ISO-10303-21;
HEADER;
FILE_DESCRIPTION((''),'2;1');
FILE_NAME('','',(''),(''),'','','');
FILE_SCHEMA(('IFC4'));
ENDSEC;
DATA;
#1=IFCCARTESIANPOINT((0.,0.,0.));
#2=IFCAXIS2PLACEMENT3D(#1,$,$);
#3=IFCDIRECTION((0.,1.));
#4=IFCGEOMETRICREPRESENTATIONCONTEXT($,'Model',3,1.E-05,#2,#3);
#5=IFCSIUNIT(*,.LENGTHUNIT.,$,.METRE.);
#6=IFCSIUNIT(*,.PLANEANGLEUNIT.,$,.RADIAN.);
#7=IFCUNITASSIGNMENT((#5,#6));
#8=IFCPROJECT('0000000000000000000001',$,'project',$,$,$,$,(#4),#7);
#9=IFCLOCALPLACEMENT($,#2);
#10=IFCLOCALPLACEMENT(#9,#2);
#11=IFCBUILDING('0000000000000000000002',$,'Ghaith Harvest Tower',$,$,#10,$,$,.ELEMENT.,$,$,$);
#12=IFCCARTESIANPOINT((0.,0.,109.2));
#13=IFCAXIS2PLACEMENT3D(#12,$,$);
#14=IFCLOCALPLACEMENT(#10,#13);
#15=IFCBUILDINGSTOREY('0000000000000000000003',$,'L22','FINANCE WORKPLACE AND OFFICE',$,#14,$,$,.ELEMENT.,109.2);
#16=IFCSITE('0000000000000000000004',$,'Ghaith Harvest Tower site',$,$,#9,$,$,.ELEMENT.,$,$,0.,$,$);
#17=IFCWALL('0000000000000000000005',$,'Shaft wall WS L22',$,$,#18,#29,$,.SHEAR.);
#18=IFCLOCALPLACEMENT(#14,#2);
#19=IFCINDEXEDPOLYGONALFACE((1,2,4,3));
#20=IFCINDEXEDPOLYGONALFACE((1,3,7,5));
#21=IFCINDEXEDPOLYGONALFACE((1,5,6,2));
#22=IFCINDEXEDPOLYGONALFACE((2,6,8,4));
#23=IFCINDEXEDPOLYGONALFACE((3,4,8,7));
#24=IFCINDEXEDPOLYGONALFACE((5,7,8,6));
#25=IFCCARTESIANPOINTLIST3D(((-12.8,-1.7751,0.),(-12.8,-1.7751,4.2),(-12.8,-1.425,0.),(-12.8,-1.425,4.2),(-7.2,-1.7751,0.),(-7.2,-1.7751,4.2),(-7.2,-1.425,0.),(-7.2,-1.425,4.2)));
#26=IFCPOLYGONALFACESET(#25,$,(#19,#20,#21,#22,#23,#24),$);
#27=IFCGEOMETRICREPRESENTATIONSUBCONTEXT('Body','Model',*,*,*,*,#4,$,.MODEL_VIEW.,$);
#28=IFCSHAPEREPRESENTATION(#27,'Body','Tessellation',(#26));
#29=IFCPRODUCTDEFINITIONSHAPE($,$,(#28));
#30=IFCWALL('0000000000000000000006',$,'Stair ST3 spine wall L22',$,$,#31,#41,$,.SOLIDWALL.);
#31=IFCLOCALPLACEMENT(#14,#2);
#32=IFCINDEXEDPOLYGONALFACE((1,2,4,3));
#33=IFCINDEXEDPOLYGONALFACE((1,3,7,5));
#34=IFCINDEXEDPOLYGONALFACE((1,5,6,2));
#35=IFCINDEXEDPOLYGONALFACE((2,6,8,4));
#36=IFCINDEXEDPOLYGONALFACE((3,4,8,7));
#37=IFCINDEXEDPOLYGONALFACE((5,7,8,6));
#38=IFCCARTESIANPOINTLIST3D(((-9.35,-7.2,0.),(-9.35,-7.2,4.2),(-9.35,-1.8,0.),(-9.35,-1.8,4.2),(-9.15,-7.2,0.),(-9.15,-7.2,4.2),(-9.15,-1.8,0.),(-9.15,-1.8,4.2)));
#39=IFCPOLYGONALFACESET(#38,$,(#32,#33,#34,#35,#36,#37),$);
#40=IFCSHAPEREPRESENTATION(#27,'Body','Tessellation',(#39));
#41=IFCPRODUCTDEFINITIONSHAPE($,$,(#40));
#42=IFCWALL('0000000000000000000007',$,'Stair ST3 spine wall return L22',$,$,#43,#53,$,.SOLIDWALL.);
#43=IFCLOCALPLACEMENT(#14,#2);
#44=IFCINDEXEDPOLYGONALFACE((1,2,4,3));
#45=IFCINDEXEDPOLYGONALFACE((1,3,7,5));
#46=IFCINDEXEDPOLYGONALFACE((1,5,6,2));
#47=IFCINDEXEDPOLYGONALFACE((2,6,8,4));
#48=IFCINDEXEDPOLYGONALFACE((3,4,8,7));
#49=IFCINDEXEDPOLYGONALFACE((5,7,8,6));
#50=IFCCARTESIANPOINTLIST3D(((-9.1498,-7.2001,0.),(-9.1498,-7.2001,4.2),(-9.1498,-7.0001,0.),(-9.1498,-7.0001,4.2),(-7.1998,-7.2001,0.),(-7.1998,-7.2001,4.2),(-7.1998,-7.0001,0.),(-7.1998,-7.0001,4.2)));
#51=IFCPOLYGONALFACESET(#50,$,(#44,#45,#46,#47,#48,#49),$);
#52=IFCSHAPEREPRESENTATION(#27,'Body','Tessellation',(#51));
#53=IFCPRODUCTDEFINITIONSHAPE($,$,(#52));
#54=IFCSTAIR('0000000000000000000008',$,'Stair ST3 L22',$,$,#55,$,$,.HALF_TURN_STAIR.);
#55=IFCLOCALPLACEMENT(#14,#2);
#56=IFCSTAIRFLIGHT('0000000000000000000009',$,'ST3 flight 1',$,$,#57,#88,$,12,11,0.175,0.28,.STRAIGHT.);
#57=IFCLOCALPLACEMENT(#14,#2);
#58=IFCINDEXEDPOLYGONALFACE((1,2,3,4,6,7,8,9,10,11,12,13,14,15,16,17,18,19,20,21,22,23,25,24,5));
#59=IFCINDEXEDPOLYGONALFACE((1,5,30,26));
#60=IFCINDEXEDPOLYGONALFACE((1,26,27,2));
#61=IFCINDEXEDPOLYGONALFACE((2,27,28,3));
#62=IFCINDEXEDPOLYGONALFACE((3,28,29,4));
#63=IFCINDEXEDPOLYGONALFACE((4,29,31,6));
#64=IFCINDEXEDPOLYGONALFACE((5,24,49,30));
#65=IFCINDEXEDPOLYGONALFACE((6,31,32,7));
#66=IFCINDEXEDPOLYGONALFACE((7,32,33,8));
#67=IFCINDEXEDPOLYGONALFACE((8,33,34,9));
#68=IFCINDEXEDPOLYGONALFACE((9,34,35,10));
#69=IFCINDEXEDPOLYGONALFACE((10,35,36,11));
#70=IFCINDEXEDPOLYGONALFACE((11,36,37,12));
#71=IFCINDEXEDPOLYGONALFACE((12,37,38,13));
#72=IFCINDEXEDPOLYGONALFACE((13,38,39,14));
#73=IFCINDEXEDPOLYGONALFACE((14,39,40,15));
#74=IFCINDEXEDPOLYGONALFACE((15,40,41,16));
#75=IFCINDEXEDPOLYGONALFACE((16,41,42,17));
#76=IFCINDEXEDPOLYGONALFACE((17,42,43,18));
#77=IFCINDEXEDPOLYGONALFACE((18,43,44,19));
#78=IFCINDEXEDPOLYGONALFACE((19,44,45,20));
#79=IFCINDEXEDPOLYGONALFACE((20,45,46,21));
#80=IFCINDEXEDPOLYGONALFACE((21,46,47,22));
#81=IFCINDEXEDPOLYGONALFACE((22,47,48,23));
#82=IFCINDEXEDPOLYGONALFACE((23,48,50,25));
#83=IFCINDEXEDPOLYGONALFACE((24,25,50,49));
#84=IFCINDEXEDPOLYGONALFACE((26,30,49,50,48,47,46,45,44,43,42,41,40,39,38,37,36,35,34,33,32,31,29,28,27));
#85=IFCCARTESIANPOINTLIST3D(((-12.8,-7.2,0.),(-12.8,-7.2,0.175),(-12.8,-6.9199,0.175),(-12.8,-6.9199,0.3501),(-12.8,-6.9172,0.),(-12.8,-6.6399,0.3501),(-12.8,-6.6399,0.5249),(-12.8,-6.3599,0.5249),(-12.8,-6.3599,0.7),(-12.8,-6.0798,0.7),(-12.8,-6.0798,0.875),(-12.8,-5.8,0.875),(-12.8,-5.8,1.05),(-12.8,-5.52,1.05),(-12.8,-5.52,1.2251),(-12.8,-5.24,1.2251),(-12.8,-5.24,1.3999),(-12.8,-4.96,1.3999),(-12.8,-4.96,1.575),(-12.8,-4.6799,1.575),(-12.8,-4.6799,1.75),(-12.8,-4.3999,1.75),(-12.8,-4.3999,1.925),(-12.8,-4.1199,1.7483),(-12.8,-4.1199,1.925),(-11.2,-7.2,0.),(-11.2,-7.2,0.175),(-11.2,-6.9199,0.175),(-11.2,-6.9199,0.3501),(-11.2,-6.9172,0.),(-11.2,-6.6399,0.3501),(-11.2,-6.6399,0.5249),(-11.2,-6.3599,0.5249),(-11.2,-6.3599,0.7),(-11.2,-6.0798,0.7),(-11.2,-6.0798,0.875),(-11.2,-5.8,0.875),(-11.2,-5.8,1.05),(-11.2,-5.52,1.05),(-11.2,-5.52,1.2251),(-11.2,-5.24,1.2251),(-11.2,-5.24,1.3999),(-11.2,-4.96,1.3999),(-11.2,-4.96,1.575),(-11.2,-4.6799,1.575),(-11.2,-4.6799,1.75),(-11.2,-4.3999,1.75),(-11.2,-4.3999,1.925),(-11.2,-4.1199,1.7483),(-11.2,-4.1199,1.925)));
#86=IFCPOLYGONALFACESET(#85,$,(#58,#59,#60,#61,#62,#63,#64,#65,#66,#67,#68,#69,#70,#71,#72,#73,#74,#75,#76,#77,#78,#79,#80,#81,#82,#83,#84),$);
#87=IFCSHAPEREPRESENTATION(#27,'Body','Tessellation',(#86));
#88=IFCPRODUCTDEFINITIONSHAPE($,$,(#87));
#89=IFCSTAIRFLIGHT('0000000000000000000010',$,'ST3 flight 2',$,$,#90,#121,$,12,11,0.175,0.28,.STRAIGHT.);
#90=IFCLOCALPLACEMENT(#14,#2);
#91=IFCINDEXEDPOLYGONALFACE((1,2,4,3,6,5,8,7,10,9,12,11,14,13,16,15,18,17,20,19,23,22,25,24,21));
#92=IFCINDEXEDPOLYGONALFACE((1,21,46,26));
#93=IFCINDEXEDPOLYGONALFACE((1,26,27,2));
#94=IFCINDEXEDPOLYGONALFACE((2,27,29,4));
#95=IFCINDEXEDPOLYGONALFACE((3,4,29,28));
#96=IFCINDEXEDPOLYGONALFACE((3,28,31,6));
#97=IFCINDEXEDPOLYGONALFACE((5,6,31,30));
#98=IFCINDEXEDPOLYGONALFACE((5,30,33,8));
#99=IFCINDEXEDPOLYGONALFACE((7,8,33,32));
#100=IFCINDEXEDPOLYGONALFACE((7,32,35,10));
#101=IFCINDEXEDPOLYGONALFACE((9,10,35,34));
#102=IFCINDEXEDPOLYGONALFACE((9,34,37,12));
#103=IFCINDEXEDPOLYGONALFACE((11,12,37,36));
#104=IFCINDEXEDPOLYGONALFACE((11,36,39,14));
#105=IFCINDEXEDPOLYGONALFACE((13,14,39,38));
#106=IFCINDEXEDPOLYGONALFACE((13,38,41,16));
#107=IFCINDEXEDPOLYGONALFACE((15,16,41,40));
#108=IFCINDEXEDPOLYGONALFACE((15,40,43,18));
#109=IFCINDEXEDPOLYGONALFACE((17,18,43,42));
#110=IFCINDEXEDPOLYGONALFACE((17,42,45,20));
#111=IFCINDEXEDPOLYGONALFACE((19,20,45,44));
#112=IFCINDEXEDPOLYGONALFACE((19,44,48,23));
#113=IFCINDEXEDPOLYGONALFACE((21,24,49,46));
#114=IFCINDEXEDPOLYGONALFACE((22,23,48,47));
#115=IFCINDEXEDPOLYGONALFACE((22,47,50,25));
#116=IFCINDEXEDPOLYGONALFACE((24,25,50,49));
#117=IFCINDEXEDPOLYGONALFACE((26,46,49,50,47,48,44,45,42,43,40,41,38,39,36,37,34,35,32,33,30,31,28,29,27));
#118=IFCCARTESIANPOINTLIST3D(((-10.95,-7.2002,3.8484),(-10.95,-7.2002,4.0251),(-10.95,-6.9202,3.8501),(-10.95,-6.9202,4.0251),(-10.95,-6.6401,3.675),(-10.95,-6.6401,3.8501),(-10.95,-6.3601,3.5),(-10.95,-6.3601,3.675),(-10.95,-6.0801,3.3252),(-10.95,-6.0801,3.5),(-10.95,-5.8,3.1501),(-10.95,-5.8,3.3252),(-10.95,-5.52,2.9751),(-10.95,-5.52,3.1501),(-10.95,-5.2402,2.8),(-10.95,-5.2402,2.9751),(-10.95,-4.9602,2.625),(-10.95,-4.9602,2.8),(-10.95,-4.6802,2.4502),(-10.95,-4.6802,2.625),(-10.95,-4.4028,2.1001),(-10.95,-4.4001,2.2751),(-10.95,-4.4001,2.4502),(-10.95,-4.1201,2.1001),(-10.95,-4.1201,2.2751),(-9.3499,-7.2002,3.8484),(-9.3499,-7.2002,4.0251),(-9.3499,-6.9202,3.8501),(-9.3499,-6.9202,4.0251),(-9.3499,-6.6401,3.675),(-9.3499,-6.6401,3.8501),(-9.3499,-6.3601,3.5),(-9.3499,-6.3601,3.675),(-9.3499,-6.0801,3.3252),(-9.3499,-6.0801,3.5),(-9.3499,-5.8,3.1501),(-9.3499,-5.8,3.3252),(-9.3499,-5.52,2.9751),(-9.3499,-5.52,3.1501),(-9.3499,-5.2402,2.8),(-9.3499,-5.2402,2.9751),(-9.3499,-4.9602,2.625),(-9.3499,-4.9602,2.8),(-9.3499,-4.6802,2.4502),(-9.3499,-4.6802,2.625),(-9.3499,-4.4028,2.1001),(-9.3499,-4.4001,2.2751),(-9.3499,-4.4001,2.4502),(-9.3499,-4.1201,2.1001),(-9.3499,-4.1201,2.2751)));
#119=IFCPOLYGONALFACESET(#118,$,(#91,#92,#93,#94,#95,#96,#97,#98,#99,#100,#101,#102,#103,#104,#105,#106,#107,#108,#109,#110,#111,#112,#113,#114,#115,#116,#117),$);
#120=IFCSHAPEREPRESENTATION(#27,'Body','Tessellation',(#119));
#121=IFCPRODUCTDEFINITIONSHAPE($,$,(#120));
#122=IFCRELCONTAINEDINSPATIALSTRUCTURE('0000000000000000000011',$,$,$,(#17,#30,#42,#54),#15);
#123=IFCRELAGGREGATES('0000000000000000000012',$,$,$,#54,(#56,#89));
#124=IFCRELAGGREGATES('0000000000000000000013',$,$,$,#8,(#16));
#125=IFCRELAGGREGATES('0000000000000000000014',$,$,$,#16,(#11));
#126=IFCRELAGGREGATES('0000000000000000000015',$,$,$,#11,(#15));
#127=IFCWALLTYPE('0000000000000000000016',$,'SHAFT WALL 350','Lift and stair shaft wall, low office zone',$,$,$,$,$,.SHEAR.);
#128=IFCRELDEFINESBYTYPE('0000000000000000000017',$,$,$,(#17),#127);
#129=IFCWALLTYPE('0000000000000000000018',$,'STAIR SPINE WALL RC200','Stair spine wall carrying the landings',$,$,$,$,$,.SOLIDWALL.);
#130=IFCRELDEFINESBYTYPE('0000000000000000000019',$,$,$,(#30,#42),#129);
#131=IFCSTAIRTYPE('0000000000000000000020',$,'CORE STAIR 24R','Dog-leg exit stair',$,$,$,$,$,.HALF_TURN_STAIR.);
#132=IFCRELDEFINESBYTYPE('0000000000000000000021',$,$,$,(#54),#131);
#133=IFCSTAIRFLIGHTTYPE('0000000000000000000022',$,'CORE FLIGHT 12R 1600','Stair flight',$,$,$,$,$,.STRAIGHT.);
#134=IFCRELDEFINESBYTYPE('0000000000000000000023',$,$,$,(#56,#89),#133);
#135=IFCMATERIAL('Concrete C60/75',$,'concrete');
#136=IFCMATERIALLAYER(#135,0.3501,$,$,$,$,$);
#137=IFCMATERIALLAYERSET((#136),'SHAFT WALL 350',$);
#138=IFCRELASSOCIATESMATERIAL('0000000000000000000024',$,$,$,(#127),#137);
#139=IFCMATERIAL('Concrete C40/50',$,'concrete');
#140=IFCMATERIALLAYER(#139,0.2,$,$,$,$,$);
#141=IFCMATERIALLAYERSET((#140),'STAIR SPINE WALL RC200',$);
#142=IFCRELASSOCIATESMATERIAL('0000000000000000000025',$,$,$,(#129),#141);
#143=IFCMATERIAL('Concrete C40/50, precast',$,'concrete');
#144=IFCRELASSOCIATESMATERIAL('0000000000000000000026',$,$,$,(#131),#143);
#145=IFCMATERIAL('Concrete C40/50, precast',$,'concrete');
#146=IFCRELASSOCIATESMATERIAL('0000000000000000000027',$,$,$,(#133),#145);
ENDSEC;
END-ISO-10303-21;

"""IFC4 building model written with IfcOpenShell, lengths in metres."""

from ifc_helpers import new_model, si_unit, direction, frame, frame_2d, origin, place, context, subcontext, project, spatial, polyline, rectangle, outline, extrude, material, layer, layer_set, type_object, element, aggregate, save


model = new_model("IFC4")

# Units and contexts
model_context = context("Model", 3, precision=1e-05, world=origin(), true_north=direction((0.0, 1.0)))
body_context = subcontext(model_context, "Body", "Model", "MODEL_VIEW")
ifc_project = project(units=[si_unit("LENGTHUNIT", "METRE"), si_unit("PLANEANGLEUNIT", "RADIAN")], contexts=[model_context])

# Site, building, storey
site_placement = place(None, origin())
site = spatial("IfcSite", under=ifc_project, at=site_placement, Name="Ghaith Harvest Tower site", CompositionType="ELEMENT", RefElevation=0.0)
building_placement = place(site_placement, origin())
building = spatial("IfcBuilding", under=site, at=building_placement, Name="Ghaith Harvest Tower", CompositionType="ELEMENT")
storey_placement = place(building_placement, frame((0.0, 0.0, 109.2)))
storey = spatial("IfcBuildingStorey", under=building, at=storey_placement, Name="L22", Description="FINANCE WORKPLACE AND OFFICE", CompositionType="ELEMENT", Elevation=109.2)

# Walls
ifc_material_1 = material(Name="Concrete C60/75", Category="concrete")
ifc_layer_1 = layer(ifc_material_1, 0.3501)
ifc_layer_set_1 = layer_set([ifc_layer_1], Name="SHAFT WALL 350")
wall_type_1 = type_object("IfcWallType", Name="SHAFT WALL 350", Description="Lift and stair shaft wall, low office zone", PredefinedType="SHEAR", material=ifc_layer_set_1)
wall_1_placement = place(storey_placement, frame((-12.8, -1.6001, 0.0), z_axis=(0.0, 0.0, 1.0), x_axis=(1.0, 0.0, 0.0)))
element("IfcWall", 1, at=wall_1_placement, inside=storey, type_object=wall_type_1, Name="Shaft wall WS L22", PredefinedType="SHEAR", context=body_context, shape_type="SweptSolid", body=[
    extrude(rectangle(XDim=5.6001, YDim=0.3501, at=frame_2d((2.8, 0.0))), origin(), (0.0, 0.0, 1.0), 4.2),
])
ifc_material_2 = material(Name="Concrete C40/50", Category="concrete")
ifc_layer_2 = layer(ifc_material_2, 0.2)
ifc_layer_set_2 = layer_set([ifc_layer_2], Name="STAIR SPINE WALL RC200")
wall_type_2 = type_object("IfcWallType", Name="STAIR SPINE WALL RC200", Description="Stair spine wall carrying the landings", PredefinedType="SOLIDWALL", material=ifc_layer_set_2)
wall_2_placement = place(storey_placement, frame((-9.25, -7.2, 0.0), z_axis=(0.0, 0.0, 1.0), x_axis=(0.0, 1.0, 0.0)))
element("IfcWall", 2, at=wall_2_placement, inside=storey, type_object=wall_type_2, Name="Stair ST3 spine wall L22", PredefinedType="SOLIDWALL", context=body_context, shape_type="SweptSolid", body=[
    extrude(rectangle(XDim=5.3999, YDim=0.2, at=frame_2d((2.7, 0.0))), origin(), (0.0, 0.0, 1.0), 4.2),
])
wall_3_placement = place(storey_placement, frame((-9.1499, -7.1001, 0.0), z_axis=(0.0, 0.0, 1.0), x_axis=(1.0, 0.0, 0.0)))
element("IfcWall", 3, at=wall_3_placement, inside=storey, type_object=wall_type_2, Name="Stair ST3 spine wall return L22", PredefinedType="SOLIDWALL", context=body_context, shape_type="SweptSolid", body=[
    extrude(rectangle(XDim=1.95, YDim=0.2, at=frame_2d((0.9751, 0.0))), origin(), (0.0, 0.0, 1.0), 4.2),
])

# Stair, stair flights
ifc_material_3 = material(Name="Concrete C40/50, precast", Category="concrete")
stair_type = type_object("IfcStairType", Name="CORE STAIR 24R", Description="Dog-leg exit stair", PredefinedType="HALF_TURN_STAIR", material=ifc_material_3)
stair_placement = place(storey_placement, origin())
stair = element("IfcStair", 4, at=stair_placement, inside=storey, type_object=stair_type, Name="Stair ST3 L22", PredefinedType="HALF_TURN_STAIR")
ifc_material_4 = material(Name="Concrete C40/50, precast", Category="concrete")
stair_flight_type = type_object("IfcStairFlightType", Name="CORE FLIGHT 12R 1600", Description="Stair flight", PredefinedType="STRAIGHT", material=ifc_material_4)
stair_flight_1_placement = place(storey_placement, frame((-12.0, -7.2, 0.0), z_axis=(0.0, 0.0, 1.0), x_axis=(0.0, 1.0, 0.0)))
stair_flight_1 = element("IfcStairFlight", 5, at=stair_flight_1_placement, type_object=stair_flight_type, Name="ST3 flight 1", NumberOfRisers=12, NumberOfTreads=11, PredefinedType="STRAIGHT", RiserHeight=0.175, TreadLength=0.28, context=body_context, shape_type="SweptSolid", body=[
    extrude(outline(polyline([(0.0, 0.0), (0.0, 0.175), (0.28, 0.175), (0.28, 0.3501), (0.5601, 0.3501), (0.5601, 0.5249), (0.8401, 0.5249), (0.8401, 0.7), (1.1201, 0.7), (1.1201, 0.875), (1.3999, 0.875), (1.3999, 1.05), (1.6799, 1.05), (1.6799, 1.2251), (1.96, 1.2251), (1.96, 1.3999), (2.24, 1.3999), (2.24, 1.575), (2.52, 1.575), (2.52, 1.75), (2.8, 1.75), (2.8, 1.925), (3.0801, 1.925), (3.0801, 2.1001), (3.0801, 1.7483), (0.2827, 0.0), (0.0, 0.0)])), frame((0.0, 0.8, 0.0), z_axis=(0.0, -1.0, 0.0), x_axis=(1.0, 0.0, 0.0)), (0.0, 0.0, 1.0), 1.6001),
])
stair_flight_2_placement = place(storey_placement, frame((-10.1499, -4.1201, 2.1001), z_axis=(0.0, 0.0, 1.0), x_axis=(0.0, -1.0, 0.0)))
stair_flight_2 = element("IfcStairFlight", 6, at=stair_flight_2_placement, type_object=stair_flight_type, Name="ST3 flight 2", NumberOfRisers=12, NumberOfTreads=11, PredefinedType="STRAIGHT", RiserHeight=0.175, TreadLength=0.28, context=body_context, shape_type="SweptSolid", body=[
    extrude(outline(polyline([(0.0, 0.0), (0.0, 0.175), (0.28, 0.175), (0.28, 0.3501), (0.5601, 0.3501), (0.5601, 0.5249), (0.8401, 0.5249), (0.8401, 0.7), (1.1201, 0.7), (1.1201, 0.875), (1.3999, 0.875), (1.3999, 1.05), (1.6799, 1.05), (1.6799, 1.2251), (1.96, 1.2251), (1.96, 1.3999), (2.24, 1.3999), (2.24, 1.575), (2.52, 1.575), (2.52, 1.75), (2.8, 1.75), (2.8, 1.925), (3.0801, 1.925), (3.0801, 2.1001), (3.0801, 1.7483), (0.2827, 0.0), (0.0, 0.0)])), frame((0.0, 0.8, 0.0), z_axis=(0.0, -1.0, 0.0), x_axis=(1.0, 0.0, 0.0)), (0.0, 0.0, 1.0), 1.6001),
])
aggregate(stair, [stair_flight_1, stair_flight_2])

save(model, "model.ifc")
